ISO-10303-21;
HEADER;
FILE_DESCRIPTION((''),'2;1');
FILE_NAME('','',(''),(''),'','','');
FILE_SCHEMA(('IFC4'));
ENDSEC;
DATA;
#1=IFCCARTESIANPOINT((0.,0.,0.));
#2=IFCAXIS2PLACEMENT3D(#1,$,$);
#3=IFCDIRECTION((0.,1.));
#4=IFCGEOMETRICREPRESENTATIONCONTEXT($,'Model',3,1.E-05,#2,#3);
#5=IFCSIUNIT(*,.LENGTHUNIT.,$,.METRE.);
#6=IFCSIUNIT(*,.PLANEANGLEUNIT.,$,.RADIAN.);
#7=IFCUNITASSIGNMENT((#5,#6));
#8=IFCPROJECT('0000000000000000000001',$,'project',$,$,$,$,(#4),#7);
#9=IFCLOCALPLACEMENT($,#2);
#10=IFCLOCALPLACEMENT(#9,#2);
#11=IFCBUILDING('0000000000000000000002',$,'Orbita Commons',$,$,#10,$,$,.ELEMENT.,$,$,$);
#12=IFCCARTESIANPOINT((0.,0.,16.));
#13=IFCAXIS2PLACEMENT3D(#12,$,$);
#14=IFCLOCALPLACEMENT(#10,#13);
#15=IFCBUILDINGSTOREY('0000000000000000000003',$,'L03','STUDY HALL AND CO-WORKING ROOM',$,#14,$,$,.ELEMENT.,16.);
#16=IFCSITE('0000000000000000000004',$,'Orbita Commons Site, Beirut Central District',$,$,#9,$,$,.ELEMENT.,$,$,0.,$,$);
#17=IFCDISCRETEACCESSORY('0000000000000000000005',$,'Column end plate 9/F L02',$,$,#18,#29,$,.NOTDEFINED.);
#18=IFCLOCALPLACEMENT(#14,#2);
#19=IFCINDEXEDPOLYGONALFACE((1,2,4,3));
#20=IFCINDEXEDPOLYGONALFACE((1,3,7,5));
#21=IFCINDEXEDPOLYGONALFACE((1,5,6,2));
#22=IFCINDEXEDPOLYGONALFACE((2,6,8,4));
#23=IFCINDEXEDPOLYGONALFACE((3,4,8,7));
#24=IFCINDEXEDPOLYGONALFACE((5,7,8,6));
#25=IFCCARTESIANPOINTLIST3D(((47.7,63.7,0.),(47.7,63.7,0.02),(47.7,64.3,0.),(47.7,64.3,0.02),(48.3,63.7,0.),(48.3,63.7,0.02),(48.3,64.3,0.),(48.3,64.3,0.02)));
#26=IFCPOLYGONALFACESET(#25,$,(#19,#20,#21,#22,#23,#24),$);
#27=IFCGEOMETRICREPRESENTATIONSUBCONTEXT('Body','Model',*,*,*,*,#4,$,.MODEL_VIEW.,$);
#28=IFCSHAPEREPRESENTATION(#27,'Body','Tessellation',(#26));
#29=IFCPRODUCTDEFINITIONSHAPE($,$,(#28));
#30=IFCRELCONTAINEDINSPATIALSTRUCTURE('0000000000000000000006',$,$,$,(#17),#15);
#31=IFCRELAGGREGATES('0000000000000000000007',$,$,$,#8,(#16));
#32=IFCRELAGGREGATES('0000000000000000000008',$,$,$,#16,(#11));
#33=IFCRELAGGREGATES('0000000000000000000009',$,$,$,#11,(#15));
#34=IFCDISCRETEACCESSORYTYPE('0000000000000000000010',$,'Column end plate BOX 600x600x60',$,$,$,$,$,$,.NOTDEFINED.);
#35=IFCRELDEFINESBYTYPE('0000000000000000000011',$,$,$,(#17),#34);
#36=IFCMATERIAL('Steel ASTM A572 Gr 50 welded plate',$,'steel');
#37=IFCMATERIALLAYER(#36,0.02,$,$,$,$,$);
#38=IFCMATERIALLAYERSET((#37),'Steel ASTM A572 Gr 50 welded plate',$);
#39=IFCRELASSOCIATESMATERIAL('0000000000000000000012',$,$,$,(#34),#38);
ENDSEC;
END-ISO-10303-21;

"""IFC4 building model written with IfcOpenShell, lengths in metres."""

from ifc_helpers import new_model, si_unit, direction, frame, origin, origin_2d, place, context, subcontext, project, spatial, rectangle, extrude, material, layer, layer_set, type_object, element, save


model = new_model("IFC4")

# Units and contexts
model_context = context("Model", 3, precision=1e-05, world=origin(), true_north=direction((0.0, 1.0)))
body_context = subcontext(model_context, "Body", "Model", "MODEL_VIEW")
ifc_project = project(units=[si_unit("LENGTHUNIT", "METRE"), si_unit("PLANEANGLEUNIT", "RADIAN")], contexts=[model_context])

# Site, building, storey
site_placement = place(None, origin())
site = spatial("IfcSite", under=ifc_project, at=site_placement, Name="Orbita Commons Site, Beirut Central District", CompositionType="ELEMENT", RefElevation=0.0)
building_placement = place(site_placement, origin())
building = spatial("IfcBuilding", under=site, at=building_placement, Name="Orbita Commons", CompositionType="ELEMENT")
storey_placement = place(building_placement, frame((0.0, 0.0, 16.0)))
storey = spatial("IfcBuildingStorey", under=building, at=storey_placement, Name="L03", Description="STUDY HALL AND CO-WORKING ROOM", CompositionType="ELEMENT", Elevation=16.0)

# Discrete accessory
ifc_material_1 = material(Name="Steel ASTM A572 Gr 50 welded plate", Category="steel")
ifc_layer_1 = layer(ifc_material_1, 0.02)
ifc_layer_set_1 = layer_set([ifc_layer_1], Name="Steel ASTM A572 Gr 50 welded plate")
discrete_accessory_type = type_object("IfcDiscreteAccessoryType", Name="Column end plate BOX 600x600x60", PredefinedType="NOTDEFINED", material=ifc_layer_set_1)
discrete_accessory_placement = place(storey_placement, frame((48.0, 64.0, 0.0), z_axis=(0.0, 0.0, 1.0), x_axis=(1.0, 0.0, 0.0)))
element("IfcDiscreteAccessory", 1, at=discrete_accessory_placement, inside=storey, type_object=discrete_accessory_type, Name="Column end plate 9/F L02", PredefinedType="NOTDEFINED", context=body_context, shape_type="SweptSolid", body=[
    extrude(rectangle(XDim=0.6001, YDim=0.6001, at=origin_2d()), origin(), (0.0, 0.0, 1.0), 0.02),
])

save(model, "model.ifc")
